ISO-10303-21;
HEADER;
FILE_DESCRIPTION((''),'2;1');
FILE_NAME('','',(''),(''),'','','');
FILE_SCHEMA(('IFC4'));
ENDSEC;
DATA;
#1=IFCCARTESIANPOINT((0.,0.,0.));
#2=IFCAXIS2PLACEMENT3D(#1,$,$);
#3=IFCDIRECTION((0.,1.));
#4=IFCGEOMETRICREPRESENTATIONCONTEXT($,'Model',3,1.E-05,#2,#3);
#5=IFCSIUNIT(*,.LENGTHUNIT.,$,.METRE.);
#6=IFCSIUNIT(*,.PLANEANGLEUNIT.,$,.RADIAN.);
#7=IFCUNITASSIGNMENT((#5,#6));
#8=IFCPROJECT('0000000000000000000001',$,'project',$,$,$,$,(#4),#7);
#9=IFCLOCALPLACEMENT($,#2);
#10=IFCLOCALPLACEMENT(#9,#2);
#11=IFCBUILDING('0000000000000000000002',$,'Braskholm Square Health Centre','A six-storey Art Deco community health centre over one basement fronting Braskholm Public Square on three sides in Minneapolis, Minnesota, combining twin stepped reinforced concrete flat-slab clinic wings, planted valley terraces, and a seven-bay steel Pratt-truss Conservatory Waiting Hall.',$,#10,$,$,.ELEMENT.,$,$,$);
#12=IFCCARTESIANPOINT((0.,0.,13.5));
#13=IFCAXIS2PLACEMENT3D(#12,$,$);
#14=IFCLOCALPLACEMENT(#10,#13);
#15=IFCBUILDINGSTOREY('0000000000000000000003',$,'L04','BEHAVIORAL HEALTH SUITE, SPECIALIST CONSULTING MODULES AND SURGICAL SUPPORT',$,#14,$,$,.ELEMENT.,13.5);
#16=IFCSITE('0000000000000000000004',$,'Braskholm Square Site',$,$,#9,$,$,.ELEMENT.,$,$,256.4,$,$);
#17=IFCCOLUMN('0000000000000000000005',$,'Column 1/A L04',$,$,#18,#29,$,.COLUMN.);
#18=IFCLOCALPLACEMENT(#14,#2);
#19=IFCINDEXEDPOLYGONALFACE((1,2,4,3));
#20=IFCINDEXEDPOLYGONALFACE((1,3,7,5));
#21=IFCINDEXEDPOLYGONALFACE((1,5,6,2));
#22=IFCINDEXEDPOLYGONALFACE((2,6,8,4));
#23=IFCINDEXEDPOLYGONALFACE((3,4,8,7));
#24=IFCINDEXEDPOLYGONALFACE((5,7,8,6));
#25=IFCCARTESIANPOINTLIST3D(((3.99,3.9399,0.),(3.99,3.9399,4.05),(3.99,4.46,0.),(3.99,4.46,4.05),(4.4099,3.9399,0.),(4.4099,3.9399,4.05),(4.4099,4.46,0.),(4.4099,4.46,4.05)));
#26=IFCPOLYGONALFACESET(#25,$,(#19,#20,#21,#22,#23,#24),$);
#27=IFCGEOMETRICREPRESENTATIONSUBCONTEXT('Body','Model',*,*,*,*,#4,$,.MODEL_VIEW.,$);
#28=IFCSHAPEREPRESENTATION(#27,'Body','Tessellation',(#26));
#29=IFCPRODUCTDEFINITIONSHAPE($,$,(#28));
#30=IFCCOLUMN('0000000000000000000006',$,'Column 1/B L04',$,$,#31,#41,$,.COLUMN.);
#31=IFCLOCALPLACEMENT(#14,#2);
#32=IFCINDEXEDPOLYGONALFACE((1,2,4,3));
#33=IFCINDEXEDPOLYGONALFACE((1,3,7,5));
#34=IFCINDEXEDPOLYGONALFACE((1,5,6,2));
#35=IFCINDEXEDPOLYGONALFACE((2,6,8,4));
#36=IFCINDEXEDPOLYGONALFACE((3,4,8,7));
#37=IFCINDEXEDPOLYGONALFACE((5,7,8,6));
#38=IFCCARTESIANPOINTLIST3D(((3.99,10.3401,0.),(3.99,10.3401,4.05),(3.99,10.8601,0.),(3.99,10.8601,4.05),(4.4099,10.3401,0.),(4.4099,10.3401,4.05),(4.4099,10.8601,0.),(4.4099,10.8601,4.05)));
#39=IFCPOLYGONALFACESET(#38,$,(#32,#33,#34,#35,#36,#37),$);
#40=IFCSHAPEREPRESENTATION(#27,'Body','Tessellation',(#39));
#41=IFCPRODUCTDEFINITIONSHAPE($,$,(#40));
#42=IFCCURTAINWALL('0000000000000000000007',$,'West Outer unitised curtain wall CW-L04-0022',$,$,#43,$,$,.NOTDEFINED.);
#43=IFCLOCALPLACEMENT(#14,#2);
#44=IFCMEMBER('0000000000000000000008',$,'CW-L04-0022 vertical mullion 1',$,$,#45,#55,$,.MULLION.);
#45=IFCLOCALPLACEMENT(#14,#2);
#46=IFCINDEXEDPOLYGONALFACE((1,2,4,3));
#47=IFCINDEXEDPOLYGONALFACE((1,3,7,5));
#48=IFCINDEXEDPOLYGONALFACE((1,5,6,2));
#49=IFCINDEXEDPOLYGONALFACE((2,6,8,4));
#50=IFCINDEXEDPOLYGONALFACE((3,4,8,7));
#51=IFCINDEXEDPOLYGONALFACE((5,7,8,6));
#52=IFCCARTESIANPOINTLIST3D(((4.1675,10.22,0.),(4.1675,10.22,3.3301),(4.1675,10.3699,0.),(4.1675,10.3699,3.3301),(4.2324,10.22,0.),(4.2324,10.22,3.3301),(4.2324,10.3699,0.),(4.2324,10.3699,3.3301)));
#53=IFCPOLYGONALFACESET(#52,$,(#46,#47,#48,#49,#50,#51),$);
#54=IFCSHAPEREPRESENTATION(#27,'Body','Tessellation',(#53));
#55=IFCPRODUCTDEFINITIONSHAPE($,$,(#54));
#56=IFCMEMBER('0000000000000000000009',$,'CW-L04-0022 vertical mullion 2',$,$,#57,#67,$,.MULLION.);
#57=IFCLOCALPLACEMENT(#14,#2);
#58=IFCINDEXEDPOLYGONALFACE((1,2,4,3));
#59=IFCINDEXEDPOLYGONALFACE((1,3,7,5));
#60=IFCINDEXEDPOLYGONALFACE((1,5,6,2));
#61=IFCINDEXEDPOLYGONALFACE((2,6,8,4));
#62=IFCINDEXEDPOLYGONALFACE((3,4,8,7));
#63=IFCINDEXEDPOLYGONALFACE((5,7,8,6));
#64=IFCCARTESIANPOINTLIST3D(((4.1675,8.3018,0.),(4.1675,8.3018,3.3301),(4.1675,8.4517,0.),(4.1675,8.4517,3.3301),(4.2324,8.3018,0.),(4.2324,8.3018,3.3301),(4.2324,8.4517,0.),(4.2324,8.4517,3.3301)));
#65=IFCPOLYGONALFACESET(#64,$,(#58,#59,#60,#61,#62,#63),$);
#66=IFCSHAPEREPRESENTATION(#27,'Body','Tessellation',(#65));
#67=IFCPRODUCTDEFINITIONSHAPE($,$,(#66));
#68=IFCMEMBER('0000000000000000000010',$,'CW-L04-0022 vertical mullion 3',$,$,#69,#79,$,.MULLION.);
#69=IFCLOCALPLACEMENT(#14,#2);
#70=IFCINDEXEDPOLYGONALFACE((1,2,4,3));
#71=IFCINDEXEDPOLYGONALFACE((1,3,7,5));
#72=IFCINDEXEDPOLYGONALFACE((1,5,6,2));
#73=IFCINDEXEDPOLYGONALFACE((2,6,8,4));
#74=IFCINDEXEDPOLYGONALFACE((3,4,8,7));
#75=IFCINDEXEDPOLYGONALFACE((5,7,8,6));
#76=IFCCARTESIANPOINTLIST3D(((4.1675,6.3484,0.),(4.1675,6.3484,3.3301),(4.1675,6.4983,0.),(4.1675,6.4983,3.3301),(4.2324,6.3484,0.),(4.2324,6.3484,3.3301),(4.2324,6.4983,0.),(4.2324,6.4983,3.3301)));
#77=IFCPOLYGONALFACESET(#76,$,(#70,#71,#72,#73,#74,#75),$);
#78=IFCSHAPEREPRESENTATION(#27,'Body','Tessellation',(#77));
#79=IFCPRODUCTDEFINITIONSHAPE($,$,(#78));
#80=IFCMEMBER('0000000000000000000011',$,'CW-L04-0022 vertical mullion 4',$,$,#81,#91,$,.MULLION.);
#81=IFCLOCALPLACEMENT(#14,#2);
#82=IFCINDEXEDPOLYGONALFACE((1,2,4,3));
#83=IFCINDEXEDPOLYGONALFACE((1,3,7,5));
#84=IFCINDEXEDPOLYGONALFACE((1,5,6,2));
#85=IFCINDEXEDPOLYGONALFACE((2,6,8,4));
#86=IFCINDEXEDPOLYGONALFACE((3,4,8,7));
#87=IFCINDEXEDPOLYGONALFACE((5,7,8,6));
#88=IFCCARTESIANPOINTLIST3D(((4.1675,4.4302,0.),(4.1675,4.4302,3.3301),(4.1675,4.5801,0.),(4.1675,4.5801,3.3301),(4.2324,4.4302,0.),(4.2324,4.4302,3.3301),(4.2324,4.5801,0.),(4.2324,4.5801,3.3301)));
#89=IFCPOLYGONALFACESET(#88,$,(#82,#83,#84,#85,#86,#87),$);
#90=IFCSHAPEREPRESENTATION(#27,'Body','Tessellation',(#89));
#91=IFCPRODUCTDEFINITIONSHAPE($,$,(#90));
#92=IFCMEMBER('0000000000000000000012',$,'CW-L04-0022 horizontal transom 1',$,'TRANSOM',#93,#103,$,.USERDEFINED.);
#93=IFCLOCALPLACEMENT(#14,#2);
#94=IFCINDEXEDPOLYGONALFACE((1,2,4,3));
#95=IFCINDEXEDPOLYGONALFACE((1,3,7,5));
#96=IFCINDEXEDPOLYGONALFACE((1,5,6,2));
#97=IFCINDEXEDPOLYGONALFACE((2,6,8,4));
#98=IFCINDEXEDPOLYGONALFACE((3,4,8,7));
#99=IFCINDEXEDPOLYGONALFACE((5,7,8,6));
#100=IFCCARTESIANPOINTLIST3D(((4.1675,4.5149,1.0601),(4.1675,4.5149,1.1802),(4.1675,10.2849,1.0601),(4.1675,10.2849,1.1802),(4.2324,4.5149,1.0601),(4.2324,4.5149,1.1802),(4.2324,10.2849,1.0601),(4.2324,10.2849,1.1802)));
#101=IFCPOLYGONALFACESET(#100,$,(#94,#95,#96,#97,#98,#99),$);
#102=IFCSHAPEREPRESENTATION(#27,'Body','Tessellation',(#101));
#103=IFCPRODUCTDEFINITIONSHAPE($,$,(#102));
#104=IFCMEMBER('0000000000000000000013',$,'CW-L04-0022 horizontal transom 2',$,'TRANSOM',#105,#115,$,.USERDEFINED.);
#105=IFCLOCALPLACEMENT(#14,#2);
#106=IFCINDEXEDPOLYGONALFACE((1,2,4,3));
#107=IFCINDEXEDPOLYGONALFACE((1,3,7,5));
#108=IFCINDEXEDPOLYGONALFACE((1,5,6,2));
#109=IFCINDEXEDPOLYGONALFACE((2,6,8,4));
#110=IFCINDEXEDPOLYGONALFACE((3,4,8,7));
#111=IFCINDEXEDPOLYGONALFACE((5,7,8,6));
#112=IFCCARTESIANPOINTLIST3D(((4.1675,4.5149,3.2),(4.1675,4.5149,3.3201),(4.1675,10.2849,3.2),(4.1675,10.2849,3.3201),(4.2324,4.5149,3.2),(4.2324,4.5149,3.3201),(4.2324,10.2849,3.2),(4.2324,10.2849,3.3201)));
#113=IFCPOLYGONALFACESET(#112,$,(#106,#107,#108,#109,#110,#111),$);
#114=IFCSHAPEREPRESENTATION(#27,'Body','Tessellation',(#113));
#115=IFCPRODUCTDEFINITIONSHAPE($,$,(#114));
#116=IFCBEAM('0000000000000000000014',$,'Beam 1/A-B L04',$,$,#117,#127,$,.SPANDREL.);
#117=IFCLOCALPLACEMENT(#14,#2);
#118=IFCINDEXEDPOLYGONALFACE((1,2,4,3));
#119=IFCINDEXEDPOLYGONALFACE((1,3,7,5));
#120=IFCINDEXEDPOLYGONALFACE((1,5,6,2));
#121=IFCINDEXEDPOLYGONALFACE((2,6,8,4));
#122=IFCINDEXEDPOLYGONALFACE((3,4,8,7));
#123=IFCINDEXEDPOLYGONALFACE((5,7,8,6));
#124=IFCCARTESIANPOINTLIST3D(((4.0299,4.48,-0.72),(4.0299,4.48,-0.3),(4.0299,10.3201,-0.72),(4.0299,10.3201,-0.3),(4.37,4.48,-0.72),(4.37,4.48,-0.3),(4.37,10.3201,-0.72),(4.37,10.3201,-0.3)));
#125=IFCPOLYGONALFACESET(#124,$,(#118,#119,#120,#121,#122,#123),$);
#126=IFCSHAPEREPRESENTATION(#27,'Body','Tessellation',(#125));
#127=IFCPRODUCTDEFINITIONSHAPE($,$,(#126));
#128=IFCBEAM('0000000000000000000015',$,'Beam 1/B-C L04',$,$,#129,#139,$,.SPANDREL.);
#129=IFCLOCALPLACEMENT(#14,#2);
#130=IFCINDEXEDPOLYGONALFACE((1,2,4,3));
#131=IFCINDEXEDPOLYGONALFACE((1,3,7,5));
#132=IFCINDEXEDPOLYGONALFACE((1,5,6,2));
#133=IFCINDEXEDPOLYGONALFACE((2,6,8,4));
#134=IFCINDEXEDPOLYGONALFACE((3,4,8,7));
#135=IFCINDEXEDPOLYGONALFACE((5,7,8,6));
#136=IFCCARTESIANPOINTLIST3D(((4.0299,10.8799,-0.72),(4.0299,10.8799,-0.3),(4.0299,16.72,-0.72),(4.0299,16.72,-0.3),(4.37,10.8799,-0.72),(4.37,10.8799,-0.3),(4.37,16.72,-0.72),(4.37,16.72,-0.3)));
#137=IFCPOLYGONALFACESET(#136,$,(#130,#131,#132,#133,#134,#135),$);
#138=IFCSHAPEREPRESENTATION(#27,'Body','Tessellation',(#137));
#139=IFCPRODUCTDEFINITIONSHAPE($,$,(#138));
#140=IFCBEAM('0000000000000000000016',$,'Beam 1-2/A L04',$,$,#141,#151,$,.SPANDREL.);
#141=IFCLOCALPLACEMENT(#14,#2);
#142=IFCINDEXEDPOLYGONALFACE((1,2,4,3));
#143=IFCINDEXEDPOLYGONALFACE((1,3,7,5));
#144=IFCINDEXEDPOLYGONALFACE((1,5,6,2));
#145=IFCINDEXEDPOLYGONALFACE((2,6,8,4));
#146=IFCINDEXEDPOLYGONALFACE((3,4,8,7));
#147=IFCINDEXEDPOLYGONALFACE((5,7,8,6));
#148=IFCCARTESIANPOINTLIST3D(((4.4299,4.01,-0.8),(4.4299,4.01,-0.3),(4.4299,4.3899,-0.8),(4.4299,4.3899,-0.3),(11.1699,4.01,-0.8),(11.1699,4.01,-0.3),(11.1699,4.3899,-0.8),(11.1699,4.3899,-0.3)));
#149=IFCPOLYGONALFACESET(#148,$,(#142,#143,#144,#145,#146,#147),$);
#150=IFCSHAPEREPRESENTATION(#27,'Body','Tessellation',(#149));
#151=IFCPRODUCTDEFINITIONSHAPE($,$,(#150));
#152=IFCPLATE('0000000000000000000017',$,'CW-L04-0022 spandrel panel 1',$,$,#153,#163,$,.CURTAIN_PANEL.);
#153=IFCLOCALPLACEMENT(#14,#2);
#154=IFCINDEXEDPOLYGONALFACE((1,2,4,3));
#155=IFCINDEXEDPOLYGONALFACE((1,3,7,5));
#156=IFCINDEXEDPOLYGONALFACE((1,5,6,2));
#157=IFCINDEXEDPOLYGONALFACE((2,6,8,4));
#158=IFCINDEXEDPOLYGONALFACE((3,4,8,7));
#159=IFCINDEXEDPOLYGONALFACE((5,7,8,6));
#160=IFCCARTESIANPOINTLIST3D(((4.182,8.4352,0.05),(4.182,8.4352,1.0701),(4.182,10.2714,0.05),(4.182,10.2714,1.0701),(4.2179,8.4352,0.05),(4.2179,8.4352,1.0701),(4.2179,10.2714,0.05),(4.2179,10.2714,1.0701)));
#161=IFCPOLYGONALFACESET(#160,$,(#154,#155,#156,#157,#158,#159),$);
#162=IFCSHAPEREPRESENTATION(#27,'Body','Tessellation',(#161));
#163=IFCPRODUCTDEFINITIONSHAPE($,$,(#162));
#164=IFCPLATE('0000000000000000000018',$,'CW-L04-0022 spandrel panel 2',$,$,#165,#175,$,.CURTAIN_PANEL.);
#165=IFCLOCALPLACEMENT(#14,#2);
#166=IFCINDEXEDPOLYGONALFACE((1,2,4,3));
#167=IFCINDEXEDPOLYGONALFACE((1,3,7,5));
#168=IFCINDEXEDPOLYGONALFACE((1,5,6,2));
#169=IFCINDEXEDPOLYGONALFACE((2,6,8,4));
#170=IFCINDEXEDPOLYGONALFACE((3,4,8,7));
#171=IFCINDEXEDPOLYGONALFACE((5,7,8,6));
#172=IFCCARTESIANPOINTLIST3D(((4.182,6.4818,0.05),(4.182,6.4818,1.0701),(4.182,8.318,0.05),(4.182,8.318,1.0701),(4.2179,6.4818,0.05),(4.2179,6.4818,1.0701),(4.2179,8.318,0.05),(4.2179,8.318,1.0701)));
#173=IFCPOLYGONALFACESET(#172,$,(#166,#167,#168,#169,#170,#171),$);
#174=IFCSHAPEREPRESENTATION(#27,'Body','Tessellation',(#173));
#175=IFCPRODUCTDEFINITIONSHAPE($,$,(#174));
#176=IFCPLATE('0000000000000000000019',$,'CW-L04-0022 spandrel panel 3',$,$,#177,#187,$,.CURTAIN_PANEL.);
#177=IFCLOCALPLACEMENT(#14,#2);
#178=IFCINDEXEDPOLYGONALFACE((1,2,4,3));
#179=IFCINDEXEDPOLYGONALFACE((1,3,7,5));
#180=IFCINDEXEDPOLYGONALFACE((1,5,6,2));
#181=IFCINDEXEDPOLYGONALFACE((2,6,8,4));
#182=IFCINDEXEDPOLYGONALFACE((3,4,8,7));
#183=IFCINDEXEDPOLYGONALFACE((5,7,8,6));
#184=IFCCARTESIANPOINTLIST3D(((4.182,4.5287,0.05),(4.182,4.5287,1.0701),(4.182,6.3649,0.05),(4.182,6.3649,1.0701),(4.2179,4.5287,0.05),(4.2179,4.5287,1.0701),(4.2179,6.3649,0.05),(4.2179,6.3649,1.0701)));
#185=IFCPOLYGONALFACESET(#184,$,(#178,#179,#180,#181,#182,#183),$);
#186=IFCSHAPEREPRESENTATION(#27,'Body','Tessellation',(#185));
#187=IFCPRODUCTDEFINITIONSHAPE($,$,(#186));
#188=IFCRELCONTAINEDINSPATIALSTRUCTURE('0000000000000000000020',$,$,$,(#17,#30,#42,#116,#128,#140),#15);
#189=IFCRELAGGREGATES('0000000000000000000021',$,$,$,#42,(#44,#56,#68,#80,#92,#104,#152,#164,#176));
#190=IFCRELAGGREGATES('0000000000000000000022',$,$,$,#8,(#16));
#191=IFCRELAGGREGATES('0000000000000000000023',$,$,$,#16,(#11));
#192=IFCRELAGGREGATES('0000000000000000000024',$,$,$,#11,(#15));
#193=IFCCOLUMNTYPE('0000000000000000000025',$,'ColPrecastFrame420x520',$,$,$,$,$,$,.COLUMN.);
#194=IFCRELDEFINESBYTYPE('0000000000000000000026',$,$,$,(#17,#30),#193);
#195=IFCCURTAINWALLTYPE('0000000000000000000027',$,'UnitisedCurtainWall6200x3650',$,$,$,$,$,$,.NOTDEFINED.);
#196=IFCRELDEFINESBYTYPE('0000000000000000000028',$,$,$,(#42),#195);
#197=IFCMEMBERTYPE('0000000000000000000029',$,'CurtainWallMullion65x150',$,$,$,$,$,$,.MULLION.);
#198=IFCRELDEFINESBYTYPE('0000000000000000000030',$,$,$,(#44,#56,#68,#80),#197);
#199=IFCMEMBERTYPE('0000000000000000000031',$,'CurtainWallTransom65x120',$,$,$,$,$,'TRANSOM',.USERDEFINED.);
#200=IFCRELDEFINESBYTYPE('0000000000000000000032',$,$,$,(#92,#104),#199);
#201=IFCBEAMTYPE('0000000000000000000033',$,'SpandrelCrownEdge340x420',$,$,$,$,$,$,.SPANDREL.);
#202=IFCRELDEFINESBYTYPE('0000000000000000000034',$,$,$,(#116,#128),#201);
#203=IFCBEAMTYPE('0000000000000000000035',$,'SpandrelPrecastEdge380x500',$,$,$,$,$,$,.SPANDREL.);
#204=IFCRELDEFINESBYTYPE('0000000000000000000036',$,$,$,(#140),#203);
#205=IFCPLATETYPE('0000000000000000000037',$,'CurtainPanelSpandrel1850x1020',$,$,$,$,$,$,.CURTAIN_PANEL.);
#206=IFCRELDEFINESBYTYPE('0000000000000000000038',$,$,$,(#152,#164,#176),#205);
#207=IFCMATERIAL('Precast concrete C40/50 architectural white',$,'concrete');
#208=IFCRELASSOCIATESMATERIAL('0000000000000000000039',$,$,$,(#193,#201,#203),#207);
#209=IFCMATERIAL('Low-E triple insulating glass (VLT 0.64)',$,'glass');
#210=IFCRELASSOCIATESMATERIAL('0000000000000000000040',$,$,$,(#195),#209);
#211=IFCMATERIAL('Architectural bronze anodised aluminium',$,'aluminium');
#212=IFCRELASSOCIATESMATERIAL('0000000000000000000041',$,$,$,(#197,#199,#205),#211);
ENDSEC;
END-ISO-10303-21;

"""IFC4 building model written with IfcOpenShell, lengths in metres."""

from ifc_helpers import new_model, si_unit, direction, frame, origin, origin_2d, place, context, subcontext, project, spatial, rectangle, extrude, material, material_profile, profile_set, type_object, element, aggregate, save


model = new_model("IFC4")

# Units and contexts
model_context = context("Model", 3, precision=1e-05, world=origin(), true_north=direction((0.0, 1.0)))
body_context = subcontext(model_context, "Body", "Model", "MODEL_VIEW")
ifc_project = project(units=[si_unit("LENGTHUNIT", "METRE"), si_unit("PLANEANGLEUNIT", "RADIAN")], contexts=[model_context])

# Site, building, storey
site_placement = place(None, origin())
site = spatial("IfcSite", under=ifc_project, at=site_placement, Name="Braskholm Square Site", CompositionType="ELEMENT", RefElevation=256.4)
building_placement = place(site_placement, origin())
building = spatial("IfcBuilding", under=site, at=building_placement, Name="Braskholm Square Health Centre", Description="A six-storey Art Deco community health centre over one basement fronting Braskholm Public Square on three sides in Minneapolis, Minnesota, combining twin stepped reinforced concrete flat-slab clinic wings, planted valley terraces, and a seven-bay steel Pratt-truss Conservatory Waiting Hall.", CompositionType="ELEMENT")
storey_placement = place(building_placement, frame((0.0, 0.0, 13.5)))
storey = spatial("IfcBuildingStorey", under=building, at=storey_placement, Name="L04", Description="BEHAVIORAL HEALTH SUITE, SPECIALIST CONSULTING MODULES AND SURGICAL SUPPORT", CompositionType="ELEMENT", Elevation=13.5)

# Columns
ifc_material_1 = material(Name="Precast concrete C40/50 architectural white", Category="concrete")
ifc_material_profile_1 = material_profile(ifc_material_1, rectangle(XDim=0.4199, YDim=0.52, at=origin_2d()), Name="RC-420X520")
ifc_profile_set_1 = profile_set([ifc_material_profile_1], Name="Precast concrete C40/50 architectural white")
column_type = type_object("IfcColumnType", Name="ColPrecastFrame420x520", PredefinedType="COLUMN", material=ifc_profile_set_1)
for number, where, z_axis, x_axis, name in (
    (1, (4.2, 4.2, 0.0), (0.0, 0.0, 1.0), (1.0, 0.0, 0.0), "Column 1/A L04"),
    (2, (4.2, 10.6001, 0.0), (0.0, 0.0, 1.0), (1.0, 0.0, 0.0), "Column 1/B L04"),
):
    element("IfcColumn", number, at=place(storey_placement, frame(where, z_axis=z_axis, x_axis=x_axis)), inside=storey, type_object=column_type, Name=name, PredefinedType="COLUMN", context=body_context, shape_type="SweptSolid", body=[
        extrude(rectangle(XDim=0.4199, YDim=0.52, at=origin_2d()), origin(), (0.0, 0.0, 1.0), 4.05),
    ])

# Curtain wall, members
ifc_material_2 = material(Name="Low-E triple insulating glass (VLT 0.64)", Category="glass")
curtain_wall_type = type_object("IfcCurtainWallType", Name="UnitisedCurtainWall6200x3650", PredefinedType="NOTDEFINED", material=ifc_material_2)
curtain_wall_placement = place(storey_placement, origin())
curtain_wall = element("IfcCurtainWall", 3, at=curtain_wall_placement, inside=storey, type_object=curtain_wall_type, Name="West Outer unitised curtain wall CW-L04-0022", PredefinedType="NOTDEFINED")
ifc_material_3 = material(Name="Architectural bronze anodised aluminium", Category="aluminium")
ifc_material_profile_2 = material_profile(ifc_material_3, rectangle(XDim=0.0649, YDim=0.1499, at=origin_2d()), Name="ALU-65X150")
ifc_profile_set_2 = profile_set([ifc_material_profile_2], Name="Architectural bronze anodised aluminium")
member_type_1 = type_object("IfcMemberType", Name="CurtainWallMullion65x150", PredefinedType="MULLION", material=ifc_profile_set_2)
member_1_placement = place(storey_placement, frame((4.2, 10.2949, 0.0), z_axis=(0.0, 0.0, 1.0), x_axis=(1.0, 0.0, 0.0)))
member_1 = element("IfcMember", 4, at=member_1_placement, type_object=member_type_1, Name="CW-L04-0022 vertical mullion 1", PredefinedType="MULLION", context=body_context, shape_type="SweptSolid", body=[
    extrude(rectangle(XDim=0.0649, YDim=0.1499, at=origin_2d()), origin(), (0.0, 0.0, 1.0), 3.3301),
])
member_2_placement = place(storey_placement, frame((4.2, 8.3767, 0.0), z_axis=(0.0, 0.0, 1.0), x_axis=(1.0, 0.0, 0.0)))
member_2 = element("IfcMember", 5, at=member_2_placement, type_object=member_type_1, Name="CW-L04-0022 vertical mullion 2", PredefinedType="MULLION", context=body_context, shape_type="SweptSolid", body=[
    extrude(rectangle(XDim=0.0649, YDim=0.1499, at=origin_2d()), origin(), (0.0, 0.0, 1.0), 3.3301),
])
member_3_placement = place(storey_placement, frame((4.2, 6.4233, 0.0), z_axis=(0.0, 0.0, 1.0), x_axis=(1.0, 0.0, 0.0)))
member_3 = element("IfcMember", 6, at=member_3_placement, type_object=member_type_1, Name="CW-L04-0022 vertical mullion 3", PredefinedType="MULLION", context=body_context, shape_type="SweptSolid", body=[
    extrude(rectangle(XDim=0.0649, YDim=0.1499, at=origin_2d()), origin(), (0.0, 0.0, 1.0), 3.3301),
])
member_4_placement = place(storey_placement, frame((4.2, 4.5051, 0.0), z_axis=(0.0, 0.0, 1.0), x_axis=(1.0, 0.0, 0.0)))
member_4 = element("IfcMember", 7, at=member_4_placement, type_object=member_type_1, Name="CW-L04-0022 vertical mullion 4", PredefinedType="MULLION", context=body_context, shape_type="SweptSolid", body=[
    extrude(rectangle(XDim=0.0649, YDim=0.1499, at=origin_2d()), origin(), (0.0, 0.0, 1.0), 3.3301),
])
ifc_material_profile_3 = material_profile(ifc_material_3, rectangle(XDim=0.0649, YDim=0.1201, at=origin_2d()), Name="ALU-65X120")
ifc_profile_set_3 = profile_set([ifc_material_profile_3], Name="Architectural bronze anodised aluminium")
member_type_2 = type_object("IfcMemberType", Name="CurtainWallTransom65x120", ElementType="TRANSOM", PredefinedType="USERDEFINED", material=ifc_profile_set_3)
member_5_placement = place(storey_placement, frame((4.2, 10.2849, 1.1201), z_axis=(0.0, -1.0, 0.0), x_axis=(1.0, 0.0, 0.0)))
member_5 = element("IfcMember", 8, at=member_5_placement, type_object=member_type_2, Name="CW-L04-0022 horizontal transom 1", ObjectType="TRANSOM", PredefinedType="USERDEFINED", context=body_context, shape_type="SweptSolid", body=[
    extrude(rectangle(XDim=0.0649, YDim=0.1201, at=origin_2d()), origin(), (0.0, 0.0, 1.0), 5.77),
])
member_6_placement = place(storey_placement, frame((4.2, 10.2849, 3.26), z_axis=(0.0, -1.0, 0.0), x_axis=(1.0, 0.0, 0.0)))
member_6 = element("IfcMember", 9, at=member_6_placement, type_object=member_type_2, Name="CW-L04-0022 horizontal transom 2", ObjectType="TRANSOM", PredefinedType="USERDEFINED", context=body_context, shape_type="SweptSolid", body=[
    extrude(rectangle(XDim=0.0649, YDim=0.1201, at=origin_2d()), origin(), (0.0, 0.0, 1.0), 5.77),
])

# Beams
ifc_material_profile_4 = material_profile(ifc_material_1, rectangle(XDim=0.3401, YDim=0.4199, at=origin_2d()), Name="RCB-340X420")
ifc_profile_set_4 = profile_set([ifc_material_profile_4], Name="Precast concrete C40/50 architectural white")
beam_type_1 = type_object("IfcBeamType", Name="SpandrelCrownEdge340x420", PredefinedType="SPANDREL", material=ifc_profile_set_4)
for number, where, z_axis, x_axis, name in (
    (10, (4.2, 4.48, -0.51), (0.0, 1.0, 0.0), (-1.0, 0.0, 0.0), "Beam 1/A-B L04"),
    (11, (4.2, 10.8799, -0.51), (0.0, 1.0, 0.0), (-1.0, 0.0, 0.0), "Beam 1/B-C L04"),
):
    element("IfcBeam", number, at=place(storey_placement, frame(where, z_axis=z_axis, x_axis=x_axis)), inside=storey, type_object=beam_type_1, Name=name, PredefinedType="SPANDREL", context=body_context, shape_type="SweptSolid", body=[
        extrude(rectangle(XDim=0.3401, YDim=0.4199, at=origin_2d()), origin(), (0.0, 0.0, 1.0), 5.8401),
    ])
ifc_material_profile_5 = material_profile(ifc_material_1, rectangle(XDim=0.3799, YDim=0.5, at=origin_2d()), Name="RCB-380X500")
ifc_profile_set_5 = profile_set([ifc_material_profile_5], Name="Precast concrete C40/50 architectural white")
beam_type_2 = type_object("IfcBeamType", Name="SpandrelPrecastEdge380x500", PredefinedType="SPANDREL", material=ifc_profile_set_5)
beam_placement = place(storey_placement, frame((4.4299, 4.2, -0.55), z_axis=(1.0, 0.0, 0.0), x_axis=(0.0, 1.0, 0.0)))
element("IfcBeam", 12, at=beam_placement, inside=storey, type_object=beam_type_2, Name="Beam 1-2/A L04", PredefinedType="SPANDREL", context=body_context, shape_type="SweptSolid", body=[
    extrude(rectangle(XDim=0.3799, YDim=0.5, at=origin_2d()), origin(), (0.0, 0.0, 1.0), 6.74),
])

# Plates
plate_type_1 = type_object("IfcPlateType", Name="CurtainPanelSpandrel1850x1020", PredefinedType="CURTAIN_PANEL", material=ifc_material_3)
plate_1_placement = place(storey_placement, frame((4.2, 9.3533, 0.05), z_axis=(0.0, 0.0, 1.0), x_axis=(0.0, -1.0, 0.0)))
plate_1 = element("IfcPlate", 13, at=plate_1_placement, type_object=plate_type_1, Name="CW-L04-0022 spandrel panel 1", PredefinedType="CURTAIN_PANEL", context=body_context, shape_type="SweptSolid", body=[
    extrude(rectangle(XDim=1.8362, YDim=0.0359, at=origin_2d()), origin(), (0.0, 0.0, 1.0), 1.02),
])
plate_2_placement = place(storey_placement, frame((4.2, 7.3999, 0.05), z_axis=(0.0, 0.0, 1.0), x_axis=(0.0, -1.0, 0.0)))
plate_2 = element("IfcPlate", 14, at=plate_2_placement, type_object=plate_type_1, Name="CW-L04-0022 spandrel panel 2", PredefinedType="CURTAIN_PANEL", context=body_context, shape_type="SweptSolid", body=[
    extrude(rectangle(XDim=1.8362, YDim=0.0359, at=origin_2d()), origin(), (0.0, 0.0, 1.0), 1.02),
])
plate_3_placement = place(storey_placement, frame((4.2, 5.4468, 0.05), z_axis=(0.0, 0.0, 1.0), x_axis=(0.0, -1.0, 0.0)))
plate_3 = element("IfcPlate", 15, at=plate_3_placement, type_object=plate_type_1, Name="CW-L04-0022 spandrel panel 3", PredefinedType="CURTAIN_PANEL", context=body_context, shape_type="SweptSolid", body=[
    extrude(rectangle(XDim=1.8362, YDim=0.0359, at=origin_2d()), origin(), (0.0, 0.0, 1.0), 1.02),
])
aggregate(curtain_wall, [member_1, member_2, member_3, member_4, member_5, member_6, plate_1, plate_2, plate_3])

save(model, "model.ifc")
